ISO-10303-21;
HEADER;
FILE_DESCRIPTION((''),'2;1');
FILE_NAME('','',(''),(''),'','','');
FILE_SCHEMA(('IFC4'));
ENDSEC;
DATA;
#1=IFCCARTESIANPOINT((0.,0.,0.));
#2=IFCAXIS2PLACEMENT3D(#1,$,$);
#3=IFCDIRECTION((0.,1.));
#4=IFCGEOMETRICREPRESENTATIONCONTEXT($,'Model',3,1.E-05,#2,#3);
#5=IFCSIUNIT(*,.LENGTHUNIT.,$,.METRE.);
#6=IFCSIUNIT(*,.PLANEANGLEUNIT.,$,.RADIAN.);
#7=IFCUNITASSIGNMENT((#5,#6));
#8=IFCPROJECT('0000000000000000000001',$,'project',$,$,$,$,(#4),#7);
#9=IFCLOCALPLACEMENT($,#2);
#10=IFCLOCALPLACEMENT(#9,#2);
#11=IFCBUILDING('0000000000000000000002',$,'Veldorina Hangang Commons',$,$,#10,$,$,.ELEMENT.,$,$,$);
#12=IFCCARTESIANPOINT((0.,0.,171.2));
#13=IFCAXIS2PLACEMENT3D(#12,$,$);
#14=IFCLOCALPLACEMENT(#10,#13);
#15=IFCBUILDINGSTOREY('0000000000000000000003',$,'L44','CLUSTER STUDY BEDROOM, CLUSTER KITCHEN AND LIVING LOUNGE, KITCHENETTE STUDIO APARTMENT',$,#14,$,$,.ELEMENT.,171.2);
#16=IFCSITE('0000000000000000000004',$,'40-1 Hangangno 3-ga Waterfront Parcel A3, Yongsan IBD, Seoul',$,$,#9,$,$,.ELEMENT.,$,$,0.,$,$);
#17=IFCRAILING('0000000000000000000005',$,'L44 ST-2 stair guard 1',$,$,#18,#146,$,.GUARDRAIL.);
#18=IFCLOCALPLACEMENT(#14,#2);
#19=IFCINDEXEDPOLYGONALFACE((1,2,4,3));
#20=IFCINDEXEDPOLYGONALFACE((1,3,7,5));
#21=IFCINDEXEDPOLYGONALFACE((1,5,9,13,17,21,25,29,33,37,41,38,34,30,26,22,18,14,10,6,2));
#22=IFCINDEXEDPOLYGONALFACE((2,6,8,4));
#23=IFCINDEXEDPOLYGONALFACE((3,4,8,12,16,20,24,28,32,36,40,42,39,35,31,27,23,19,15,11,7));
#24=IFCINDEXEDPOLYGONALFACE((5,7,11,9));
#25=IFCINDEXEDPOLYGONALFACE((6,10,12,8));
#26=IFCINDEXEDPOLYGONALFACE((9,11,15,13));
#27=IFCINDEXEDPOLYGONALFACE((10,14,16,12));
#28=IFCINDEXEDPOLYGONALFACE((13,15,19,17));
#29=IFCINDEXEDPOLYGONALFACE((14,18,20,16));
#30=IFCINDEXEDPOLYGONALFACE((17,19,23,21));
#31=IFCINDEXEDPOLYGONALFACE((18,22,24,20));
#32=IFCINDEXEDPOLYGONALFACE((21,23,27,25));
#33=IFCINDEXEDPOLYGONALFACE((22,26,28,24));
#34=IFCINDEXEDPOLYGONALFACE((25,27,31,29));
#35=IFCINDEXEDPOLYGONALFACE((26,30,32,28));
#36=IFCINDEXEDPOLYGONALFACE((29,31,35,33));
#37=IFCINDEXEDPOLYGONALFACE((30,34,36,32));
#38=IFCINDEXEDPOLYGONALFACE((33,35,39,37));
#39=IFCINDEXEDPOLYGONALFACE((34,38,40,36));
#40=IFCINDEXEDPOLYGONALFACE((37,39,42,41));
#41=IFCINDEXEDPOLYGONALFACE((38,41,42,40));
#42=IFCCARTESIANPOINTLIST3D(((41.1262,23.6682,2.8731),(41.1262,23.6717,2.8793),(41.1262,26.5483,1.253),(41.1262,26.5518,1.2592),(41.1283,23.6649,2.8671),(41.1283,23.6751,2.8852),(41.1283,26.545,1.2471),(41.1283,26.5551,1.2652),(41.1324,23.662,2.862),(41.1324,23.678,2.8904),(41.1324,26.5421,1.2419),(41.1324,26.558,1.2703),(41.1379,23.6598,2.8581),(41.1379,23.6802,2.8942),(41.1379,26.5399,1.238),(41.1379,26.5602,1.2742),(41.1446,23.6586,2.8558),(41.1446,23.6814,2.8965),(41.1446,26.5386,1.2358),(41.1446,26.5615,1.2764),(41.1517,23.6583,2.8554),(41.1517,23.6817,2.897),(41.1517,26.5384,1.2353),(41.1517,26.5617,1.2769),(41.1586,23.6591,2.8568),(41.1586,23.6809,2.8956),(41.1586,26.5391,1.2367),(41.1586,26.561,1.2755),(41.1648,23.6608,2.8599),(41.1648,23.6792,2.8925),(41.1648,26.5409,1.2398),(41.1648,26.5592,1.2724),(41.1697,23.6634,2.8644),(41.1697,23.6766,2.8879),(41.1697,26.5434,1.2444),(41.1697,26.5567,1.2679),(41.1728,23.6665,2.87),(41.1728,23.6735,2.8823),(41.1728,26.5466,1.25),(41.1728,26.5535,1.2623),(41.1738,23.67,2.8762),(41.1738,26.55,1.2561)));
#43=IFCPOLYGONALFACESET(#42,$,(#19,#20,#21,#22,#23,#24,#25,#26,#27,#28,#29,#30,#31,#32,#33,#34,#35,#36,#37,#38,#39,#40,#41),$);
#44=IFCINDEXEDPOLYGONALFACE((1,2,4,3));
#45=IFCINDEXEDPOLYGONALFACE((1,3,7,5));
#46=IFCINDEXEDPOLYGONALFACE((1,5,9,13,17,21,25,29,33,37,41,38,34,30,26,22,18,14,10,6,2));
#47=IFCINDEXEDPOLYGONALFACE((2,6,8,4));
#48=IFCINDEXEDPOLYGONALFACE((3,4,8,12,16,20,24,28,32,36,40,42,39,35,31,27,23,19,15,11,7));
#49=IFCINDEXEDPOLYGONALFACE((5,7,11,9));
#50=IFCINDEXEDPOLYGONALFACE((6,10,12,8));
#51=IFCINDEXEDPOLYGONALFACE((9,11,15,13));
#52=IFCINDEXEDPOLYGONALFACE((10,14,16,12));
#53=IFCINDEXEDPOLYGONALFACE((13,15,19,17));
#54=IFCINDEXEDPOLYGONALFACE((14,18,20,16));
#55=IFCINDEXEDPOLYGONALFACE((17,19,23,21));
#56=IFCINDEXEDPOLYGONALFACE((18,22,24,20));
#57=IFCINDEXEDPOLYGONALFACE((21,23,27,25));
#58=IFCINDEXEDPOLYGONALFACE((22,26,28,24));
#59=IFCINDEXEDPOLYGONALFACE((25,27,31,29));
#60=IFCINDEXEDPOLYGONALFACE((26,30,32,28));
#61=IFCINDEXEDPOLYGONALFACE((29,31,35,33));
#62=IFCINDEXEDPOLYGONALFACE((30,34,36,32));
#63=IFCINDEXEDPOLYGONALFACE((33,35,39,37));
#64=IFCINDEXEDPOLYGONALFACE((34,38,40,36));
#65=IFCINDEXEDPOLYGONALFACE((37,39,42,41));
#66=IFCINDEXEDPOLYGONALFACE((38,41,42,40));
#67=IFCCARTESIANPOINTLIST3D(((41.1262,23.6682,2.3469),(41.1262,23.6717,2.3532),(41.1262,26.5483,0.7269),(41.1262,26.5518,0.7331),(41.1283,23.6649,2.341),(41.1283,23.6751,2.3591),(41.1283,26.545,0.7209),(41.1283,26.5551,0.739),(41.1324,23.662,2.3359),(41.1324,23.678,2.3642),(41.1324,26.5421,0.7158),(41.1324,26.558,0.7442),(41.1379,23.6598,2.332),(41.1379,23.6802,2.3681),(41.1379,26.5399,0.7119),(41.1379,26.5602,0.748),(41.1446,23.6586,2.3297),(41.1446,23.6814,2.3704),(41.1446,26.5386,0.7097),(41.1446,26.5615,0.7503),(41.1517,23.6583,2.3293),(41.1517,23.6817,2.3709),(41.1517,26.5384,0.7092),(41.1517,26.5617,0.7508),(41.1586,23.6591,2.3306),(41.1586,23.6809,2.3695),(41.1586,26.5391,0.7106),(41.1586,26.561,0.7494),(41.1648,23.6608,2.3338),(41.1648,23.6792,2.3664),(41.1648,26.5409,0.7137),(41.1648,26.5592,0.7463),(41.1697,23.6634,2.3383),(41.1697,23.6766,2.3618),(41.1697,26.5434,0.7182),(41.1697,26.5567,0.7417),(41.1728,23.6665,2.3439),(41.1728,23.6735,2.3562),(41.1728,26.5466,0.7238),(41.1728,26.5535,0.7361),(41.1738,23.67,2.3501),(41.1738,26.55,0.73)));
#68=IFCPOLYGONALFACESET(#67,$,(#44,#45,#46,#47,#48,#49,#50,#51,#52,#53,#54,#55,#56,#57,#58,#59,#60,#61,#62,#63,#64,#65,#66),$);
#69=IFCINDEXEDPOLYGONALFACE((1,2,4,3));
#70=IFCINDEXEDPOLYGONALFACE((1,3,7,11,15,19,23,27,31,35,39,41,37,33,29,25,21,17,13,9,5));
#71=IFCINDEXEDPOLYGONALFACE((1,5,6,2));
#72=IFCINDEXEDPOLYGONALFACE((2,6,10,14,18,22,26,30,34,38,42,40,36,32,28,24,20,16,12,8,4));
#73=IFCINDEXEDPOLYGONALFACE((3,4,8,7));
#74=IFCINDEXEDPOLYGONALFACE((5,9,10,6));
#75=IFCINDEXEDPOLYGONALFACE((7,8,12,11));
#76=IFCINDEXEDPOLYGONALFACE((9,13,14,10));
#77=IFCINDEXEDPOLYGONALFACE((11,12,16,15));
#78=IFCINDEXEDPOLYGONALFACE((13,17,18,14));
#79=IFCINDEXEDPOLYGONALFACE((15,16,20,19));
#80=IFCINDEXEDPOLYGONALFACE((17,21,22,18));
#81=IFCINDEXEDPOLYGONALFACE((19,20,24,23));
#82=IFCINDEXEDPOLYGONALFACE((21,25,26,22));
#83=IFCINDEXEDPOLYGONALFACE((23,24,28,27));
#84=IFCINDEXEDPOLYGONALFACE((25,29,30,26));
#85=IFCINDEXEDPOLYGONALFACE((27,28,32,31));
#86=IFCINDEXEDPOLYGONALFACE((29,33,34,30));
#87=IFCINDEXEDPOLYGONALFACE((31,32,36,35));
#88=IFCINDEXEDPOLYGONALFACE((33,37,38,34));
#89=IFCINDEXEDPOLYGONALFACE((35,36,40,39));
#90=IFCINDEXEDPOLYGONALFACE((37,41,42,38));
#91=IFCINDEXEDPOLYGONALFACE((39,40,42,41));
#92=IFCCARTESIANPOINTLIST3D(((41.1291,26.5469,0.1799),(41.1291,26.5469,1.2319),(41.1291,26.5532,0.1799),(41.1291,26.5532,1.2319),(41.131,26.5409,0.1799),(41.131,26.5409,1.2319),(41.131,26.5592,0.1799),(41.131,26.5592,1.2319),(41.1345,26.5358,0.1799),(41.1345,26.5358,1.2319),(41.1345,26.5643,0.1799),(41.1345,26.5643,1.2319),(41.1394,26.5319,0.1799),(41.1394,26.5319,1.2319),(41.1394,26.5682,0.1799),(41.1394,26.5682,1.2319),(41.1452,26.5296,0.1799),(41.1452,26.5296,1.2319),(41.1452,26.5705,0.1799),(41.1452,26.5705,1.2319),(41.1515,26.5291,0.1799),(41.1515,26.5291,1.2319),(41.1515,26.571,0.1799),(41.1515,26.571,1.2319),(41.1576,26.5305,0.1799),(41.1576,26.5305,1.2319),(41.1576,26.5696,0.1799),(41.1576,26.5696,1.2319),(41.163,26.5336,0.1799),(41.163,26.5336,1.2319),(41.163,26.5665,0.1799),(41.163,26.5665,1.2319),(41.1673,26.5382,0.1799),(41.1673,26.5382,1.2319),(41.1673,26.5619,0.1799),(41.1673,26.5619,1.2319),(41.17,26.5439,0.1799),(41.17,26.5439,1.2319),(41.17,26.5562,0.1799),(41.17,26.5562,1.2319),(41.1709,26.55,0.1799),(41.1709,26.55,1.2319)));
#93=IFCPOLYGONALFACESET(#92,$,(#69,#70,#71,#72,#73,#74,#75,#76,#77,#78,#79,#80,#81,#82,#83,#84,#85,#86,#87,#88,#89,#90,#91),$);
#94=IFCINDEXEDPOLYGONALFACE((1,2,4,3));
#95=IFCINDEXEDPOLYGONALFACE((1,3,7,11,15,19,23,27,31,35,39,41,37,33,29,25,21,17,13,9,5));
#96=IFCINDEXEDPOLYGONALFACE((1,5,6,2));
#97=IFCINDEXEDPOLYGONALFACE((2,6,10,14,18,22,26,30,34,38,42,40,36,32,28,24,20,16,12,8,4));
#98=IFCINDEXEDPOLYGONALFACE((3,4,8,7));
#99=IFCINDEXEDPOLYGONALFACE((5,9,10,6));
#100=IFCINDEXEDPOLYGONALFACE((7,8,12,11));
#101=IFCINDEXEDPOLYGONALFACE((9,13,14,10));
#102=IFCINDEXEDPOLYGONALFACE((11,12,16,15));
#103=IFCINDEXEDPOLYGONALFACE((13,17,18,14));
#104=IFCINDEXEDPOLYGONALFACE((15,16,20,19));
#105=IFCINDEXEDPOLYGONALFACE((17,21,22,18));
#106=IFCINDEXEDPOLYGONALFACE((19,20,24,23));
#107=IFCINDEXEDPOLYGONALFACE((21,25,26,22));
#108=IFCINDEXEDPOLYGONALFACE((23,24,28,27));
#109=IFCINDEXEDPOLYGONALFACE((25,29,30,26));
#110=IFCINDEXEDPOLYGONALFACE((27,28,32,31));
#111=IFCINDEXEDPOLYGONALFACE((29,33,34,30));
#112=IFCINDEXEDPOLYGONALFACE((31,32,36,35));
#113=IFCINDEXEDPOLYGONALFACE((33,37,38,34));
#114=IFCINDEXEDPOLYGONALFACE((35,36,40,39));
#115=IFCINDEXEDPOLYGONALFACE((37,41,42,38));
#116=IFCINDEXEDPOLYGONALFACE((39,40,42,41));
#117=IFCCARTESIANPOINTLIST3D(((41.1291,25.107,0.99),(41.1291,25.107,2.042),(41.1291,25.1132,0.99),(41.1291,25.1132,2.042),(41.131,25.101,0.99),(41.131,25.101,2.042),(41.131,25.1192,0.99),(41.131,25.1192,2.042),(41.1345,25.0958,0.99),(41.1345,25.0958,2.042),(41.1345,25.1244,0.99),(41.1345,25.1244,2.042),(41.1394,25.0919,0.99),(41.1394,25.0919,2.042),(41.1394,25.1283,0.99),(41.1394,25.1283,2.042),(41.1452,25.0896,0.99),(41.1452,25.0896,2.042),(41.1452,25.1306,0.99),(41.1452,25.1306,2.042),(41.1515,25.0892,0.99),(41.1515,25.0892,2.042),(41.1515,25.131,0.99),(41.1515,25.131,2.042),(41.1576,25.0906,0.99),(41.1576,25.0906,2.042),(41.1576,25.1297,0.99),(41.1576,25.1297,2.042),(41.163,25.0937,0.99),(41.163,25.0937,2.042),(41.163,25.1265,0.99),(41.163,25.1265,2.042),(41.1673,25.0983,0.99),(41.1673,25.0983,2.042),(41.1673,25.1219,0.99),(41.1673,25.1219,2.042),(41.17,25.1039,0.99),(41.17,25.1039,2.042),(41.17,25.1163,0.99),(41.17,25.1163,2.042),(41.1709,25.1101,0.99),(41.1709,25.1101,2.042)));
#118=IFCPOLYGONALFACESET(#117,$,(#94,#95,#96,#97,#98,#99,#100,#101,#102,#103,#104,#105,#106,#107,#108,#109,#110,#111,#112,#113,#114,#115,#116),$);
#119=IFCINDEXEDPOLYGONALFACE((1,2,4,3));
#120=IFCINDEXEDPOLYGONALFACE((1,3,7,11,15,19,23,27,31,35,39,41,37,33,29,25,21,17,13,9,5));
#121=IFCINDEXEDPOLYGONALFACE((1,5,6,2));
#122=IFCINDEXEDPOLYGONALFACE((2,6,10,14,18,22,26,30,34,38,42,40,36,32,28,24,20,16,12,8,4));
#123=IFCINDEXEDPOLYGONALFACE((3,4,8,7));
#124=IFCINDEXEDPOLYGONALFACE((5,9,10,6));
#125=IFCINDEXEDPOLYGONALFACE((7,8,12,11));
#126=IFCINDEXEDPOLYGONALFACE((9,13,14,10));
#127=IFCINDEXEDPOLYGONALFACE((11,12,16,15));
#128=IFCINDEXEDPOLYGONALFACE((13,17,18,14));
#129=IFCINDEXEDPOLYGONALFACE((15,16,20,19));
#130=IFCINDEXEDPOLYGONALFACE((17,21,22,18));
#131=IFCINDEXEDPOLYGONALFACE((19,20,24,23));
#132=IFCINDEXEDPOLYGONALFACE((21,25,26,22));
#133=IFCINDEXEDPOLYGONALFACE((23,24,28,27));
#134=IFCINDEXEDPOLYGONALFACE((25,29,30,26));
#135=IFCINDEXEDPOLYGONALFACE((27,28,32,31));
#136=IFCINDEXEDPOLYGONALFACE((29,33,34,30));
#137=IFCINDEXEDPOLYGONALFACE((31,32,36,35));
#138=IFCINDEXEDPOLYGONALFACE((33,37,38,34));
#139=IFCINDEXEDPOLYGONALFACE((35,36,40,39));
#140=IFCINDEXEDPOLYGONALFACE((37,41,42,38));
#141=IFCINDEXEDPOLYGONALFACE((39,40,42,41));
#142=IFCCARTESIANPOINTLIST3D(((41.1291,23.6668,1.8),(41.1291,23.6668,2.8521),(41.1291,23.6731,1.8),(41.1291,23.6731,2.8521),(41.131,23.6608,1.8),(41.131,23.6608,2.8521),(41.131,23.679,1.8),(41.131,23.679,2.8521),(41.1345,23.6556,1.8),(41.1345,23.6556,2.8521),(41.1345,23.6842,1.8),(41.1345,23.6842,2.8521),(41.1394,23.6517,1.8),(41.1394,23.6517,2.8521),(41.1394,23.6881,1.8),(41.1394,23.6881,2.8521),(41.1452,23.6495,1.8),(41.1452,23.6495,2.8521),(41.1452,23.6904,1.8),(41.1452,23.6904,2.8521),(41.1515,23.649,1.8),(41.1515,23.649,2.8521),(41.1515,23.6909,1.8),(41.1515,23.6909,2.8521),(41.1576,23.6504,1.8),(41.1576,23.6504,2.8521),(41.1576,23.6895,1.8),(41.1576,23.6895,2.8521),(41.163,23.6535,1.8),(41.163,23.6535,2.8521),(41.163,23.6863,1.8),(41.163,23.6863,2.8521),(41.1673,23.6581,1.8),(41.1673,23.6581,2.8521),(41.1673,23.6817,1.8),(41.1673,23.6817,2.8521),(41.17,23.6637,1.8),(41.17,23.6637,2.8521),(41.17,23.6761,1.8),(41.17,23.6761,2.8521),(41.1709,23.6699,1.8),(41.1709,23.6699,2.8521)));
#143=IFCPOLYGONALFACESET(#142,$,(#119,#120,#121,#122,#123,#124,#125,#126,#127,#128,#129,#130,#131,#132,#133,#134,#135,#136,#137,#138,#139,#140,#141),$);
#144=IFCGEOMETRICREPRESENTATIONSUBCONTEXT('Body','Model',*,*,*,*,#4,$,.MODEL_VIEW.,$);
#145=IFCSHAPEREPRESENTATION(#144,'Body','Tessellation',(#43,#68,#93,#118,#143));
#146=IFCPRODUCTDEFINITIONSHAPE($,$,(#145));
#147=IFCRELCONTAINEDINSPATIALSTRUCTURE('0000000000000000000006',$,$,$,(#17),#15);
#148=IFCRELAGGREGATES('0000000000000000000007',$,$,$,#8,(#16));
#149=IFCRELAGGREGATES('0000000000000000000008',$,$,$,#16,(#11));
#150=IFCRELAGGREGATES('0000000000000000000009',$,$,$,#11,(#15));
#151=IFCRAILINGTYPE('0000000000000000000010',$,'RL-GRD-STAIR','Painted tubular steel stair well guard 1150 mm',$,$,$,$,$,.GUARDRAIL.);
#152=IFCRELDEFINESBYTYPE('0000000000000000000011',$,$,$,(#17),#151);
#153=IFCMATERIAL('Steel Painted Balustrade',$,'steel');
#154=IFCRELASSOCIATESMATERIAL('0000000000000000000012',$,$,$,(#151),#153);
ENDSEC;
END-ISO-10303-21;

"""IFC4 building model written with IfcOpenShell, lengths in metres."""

from ifc_helpers import new_model, si_unit, direction, frame, origin, origin_2d, place, context, subcontext, project, spatial, circle, extrude, material, type_object, element, save


model = new_model("IFC4")

# Units and contexts
model_context = context("Model", 3, precision=1e-05, world=origin(), true_north=direction((0.0, 1.0)))
body_context = subcontext(model_context, "Body", "Model", "MODEL_VIEW")
ifc_project = project(units=[si_unit("LENGTHUNIT", "METRE"), si_unit("PLANEANGLEUNIT", "RADIAN")], contexts=[model_context])

# Site, building, storey
site_placement = place(None, origin())
site = spatial("IfcSite", under=ifc_project, at=site_placement, Name="40-1 Hangangno 3-ga Waterfront Parcel A3, Yongsan IBD, Seoul", CompositionType="ELEMENT", RefElevation=0.0)
building_placement = place(site_placement, origin())
building = spatial("IfcBuilding", under=site, at=building_placement, Name="Veldorina Hangang Commons", CompositionType="ELEMENT")
storey_placement = place(building_placement, frame((0.0, 0.0, 171.2)))
storey = spatial("IfcBuildingStorey", under=building, at=storey_placement, Name="L44", Description="CLUSTER STUDY BEDROOM, CLUSTER KITCHEN AND LIVING LOUNGE, KITCHENETTE STUDIO APARTMENT", CompositionType="ELEMENT", Elevation=171.2)

# Railing
ifc_material_1 = material(Name="Steel Painted Balustrade", Category="steel")
railing_type_1 = type_object("IfcRailingType", Name="RL-GRD-STAIR", Description="Painted tubular steel stair well guard 1150 mm", PredefinedType="GUARDRAIL", material=ifc_material_1)
railing_1_placement = place(storey_placement, frame((41.1499, 26.55, 0.1799)))
element("IfcRailing", 1, at=railing_1_placement, inside=storey, type_object=railing_type_1, Name="L44 ST-2 stair guard 1", PredefinedType="GUARDRAIL", context=body_context, shape_type="SweptSolid", body=[
    extrude(circle(Radius=0.0239, at=origin_2d()), frame((0.0, 0.0, 1.0762), z_axis=(0.0, -0.87157, 0.490272), x_axis=(1.0, 0.0, 0.0)), (0.0, 0.0, 1.0), 3.3044),
    extrude(circle(Radius=0.0239, at=origin_2d()), frame((0.0, 0.0, 0.55), z_axis=(0.0, -0.87157, 0.490272), x_axis=(1.0, 0.0, 0.0)), (0.0, 0.0, 1.0), 3.3044),
    extrude(circle(Radius=0.021, at=origin_2d()), origin(), (0.0, 0.0, 1.0), 1.052),
    extrude(circle(Radius=0.021, at=origin_2d()), frame((0.0, -1.4399, 0.8101)), (0.0, 0.0, 1.0), 1.052),
    extrude(circle(Radius=0.021, at=origin_2d()), frame((0.0, -2.8801, 1.6201)), (0.0, 0.0, 1.0), 1.052),
])

save(model, "model.ifc")
